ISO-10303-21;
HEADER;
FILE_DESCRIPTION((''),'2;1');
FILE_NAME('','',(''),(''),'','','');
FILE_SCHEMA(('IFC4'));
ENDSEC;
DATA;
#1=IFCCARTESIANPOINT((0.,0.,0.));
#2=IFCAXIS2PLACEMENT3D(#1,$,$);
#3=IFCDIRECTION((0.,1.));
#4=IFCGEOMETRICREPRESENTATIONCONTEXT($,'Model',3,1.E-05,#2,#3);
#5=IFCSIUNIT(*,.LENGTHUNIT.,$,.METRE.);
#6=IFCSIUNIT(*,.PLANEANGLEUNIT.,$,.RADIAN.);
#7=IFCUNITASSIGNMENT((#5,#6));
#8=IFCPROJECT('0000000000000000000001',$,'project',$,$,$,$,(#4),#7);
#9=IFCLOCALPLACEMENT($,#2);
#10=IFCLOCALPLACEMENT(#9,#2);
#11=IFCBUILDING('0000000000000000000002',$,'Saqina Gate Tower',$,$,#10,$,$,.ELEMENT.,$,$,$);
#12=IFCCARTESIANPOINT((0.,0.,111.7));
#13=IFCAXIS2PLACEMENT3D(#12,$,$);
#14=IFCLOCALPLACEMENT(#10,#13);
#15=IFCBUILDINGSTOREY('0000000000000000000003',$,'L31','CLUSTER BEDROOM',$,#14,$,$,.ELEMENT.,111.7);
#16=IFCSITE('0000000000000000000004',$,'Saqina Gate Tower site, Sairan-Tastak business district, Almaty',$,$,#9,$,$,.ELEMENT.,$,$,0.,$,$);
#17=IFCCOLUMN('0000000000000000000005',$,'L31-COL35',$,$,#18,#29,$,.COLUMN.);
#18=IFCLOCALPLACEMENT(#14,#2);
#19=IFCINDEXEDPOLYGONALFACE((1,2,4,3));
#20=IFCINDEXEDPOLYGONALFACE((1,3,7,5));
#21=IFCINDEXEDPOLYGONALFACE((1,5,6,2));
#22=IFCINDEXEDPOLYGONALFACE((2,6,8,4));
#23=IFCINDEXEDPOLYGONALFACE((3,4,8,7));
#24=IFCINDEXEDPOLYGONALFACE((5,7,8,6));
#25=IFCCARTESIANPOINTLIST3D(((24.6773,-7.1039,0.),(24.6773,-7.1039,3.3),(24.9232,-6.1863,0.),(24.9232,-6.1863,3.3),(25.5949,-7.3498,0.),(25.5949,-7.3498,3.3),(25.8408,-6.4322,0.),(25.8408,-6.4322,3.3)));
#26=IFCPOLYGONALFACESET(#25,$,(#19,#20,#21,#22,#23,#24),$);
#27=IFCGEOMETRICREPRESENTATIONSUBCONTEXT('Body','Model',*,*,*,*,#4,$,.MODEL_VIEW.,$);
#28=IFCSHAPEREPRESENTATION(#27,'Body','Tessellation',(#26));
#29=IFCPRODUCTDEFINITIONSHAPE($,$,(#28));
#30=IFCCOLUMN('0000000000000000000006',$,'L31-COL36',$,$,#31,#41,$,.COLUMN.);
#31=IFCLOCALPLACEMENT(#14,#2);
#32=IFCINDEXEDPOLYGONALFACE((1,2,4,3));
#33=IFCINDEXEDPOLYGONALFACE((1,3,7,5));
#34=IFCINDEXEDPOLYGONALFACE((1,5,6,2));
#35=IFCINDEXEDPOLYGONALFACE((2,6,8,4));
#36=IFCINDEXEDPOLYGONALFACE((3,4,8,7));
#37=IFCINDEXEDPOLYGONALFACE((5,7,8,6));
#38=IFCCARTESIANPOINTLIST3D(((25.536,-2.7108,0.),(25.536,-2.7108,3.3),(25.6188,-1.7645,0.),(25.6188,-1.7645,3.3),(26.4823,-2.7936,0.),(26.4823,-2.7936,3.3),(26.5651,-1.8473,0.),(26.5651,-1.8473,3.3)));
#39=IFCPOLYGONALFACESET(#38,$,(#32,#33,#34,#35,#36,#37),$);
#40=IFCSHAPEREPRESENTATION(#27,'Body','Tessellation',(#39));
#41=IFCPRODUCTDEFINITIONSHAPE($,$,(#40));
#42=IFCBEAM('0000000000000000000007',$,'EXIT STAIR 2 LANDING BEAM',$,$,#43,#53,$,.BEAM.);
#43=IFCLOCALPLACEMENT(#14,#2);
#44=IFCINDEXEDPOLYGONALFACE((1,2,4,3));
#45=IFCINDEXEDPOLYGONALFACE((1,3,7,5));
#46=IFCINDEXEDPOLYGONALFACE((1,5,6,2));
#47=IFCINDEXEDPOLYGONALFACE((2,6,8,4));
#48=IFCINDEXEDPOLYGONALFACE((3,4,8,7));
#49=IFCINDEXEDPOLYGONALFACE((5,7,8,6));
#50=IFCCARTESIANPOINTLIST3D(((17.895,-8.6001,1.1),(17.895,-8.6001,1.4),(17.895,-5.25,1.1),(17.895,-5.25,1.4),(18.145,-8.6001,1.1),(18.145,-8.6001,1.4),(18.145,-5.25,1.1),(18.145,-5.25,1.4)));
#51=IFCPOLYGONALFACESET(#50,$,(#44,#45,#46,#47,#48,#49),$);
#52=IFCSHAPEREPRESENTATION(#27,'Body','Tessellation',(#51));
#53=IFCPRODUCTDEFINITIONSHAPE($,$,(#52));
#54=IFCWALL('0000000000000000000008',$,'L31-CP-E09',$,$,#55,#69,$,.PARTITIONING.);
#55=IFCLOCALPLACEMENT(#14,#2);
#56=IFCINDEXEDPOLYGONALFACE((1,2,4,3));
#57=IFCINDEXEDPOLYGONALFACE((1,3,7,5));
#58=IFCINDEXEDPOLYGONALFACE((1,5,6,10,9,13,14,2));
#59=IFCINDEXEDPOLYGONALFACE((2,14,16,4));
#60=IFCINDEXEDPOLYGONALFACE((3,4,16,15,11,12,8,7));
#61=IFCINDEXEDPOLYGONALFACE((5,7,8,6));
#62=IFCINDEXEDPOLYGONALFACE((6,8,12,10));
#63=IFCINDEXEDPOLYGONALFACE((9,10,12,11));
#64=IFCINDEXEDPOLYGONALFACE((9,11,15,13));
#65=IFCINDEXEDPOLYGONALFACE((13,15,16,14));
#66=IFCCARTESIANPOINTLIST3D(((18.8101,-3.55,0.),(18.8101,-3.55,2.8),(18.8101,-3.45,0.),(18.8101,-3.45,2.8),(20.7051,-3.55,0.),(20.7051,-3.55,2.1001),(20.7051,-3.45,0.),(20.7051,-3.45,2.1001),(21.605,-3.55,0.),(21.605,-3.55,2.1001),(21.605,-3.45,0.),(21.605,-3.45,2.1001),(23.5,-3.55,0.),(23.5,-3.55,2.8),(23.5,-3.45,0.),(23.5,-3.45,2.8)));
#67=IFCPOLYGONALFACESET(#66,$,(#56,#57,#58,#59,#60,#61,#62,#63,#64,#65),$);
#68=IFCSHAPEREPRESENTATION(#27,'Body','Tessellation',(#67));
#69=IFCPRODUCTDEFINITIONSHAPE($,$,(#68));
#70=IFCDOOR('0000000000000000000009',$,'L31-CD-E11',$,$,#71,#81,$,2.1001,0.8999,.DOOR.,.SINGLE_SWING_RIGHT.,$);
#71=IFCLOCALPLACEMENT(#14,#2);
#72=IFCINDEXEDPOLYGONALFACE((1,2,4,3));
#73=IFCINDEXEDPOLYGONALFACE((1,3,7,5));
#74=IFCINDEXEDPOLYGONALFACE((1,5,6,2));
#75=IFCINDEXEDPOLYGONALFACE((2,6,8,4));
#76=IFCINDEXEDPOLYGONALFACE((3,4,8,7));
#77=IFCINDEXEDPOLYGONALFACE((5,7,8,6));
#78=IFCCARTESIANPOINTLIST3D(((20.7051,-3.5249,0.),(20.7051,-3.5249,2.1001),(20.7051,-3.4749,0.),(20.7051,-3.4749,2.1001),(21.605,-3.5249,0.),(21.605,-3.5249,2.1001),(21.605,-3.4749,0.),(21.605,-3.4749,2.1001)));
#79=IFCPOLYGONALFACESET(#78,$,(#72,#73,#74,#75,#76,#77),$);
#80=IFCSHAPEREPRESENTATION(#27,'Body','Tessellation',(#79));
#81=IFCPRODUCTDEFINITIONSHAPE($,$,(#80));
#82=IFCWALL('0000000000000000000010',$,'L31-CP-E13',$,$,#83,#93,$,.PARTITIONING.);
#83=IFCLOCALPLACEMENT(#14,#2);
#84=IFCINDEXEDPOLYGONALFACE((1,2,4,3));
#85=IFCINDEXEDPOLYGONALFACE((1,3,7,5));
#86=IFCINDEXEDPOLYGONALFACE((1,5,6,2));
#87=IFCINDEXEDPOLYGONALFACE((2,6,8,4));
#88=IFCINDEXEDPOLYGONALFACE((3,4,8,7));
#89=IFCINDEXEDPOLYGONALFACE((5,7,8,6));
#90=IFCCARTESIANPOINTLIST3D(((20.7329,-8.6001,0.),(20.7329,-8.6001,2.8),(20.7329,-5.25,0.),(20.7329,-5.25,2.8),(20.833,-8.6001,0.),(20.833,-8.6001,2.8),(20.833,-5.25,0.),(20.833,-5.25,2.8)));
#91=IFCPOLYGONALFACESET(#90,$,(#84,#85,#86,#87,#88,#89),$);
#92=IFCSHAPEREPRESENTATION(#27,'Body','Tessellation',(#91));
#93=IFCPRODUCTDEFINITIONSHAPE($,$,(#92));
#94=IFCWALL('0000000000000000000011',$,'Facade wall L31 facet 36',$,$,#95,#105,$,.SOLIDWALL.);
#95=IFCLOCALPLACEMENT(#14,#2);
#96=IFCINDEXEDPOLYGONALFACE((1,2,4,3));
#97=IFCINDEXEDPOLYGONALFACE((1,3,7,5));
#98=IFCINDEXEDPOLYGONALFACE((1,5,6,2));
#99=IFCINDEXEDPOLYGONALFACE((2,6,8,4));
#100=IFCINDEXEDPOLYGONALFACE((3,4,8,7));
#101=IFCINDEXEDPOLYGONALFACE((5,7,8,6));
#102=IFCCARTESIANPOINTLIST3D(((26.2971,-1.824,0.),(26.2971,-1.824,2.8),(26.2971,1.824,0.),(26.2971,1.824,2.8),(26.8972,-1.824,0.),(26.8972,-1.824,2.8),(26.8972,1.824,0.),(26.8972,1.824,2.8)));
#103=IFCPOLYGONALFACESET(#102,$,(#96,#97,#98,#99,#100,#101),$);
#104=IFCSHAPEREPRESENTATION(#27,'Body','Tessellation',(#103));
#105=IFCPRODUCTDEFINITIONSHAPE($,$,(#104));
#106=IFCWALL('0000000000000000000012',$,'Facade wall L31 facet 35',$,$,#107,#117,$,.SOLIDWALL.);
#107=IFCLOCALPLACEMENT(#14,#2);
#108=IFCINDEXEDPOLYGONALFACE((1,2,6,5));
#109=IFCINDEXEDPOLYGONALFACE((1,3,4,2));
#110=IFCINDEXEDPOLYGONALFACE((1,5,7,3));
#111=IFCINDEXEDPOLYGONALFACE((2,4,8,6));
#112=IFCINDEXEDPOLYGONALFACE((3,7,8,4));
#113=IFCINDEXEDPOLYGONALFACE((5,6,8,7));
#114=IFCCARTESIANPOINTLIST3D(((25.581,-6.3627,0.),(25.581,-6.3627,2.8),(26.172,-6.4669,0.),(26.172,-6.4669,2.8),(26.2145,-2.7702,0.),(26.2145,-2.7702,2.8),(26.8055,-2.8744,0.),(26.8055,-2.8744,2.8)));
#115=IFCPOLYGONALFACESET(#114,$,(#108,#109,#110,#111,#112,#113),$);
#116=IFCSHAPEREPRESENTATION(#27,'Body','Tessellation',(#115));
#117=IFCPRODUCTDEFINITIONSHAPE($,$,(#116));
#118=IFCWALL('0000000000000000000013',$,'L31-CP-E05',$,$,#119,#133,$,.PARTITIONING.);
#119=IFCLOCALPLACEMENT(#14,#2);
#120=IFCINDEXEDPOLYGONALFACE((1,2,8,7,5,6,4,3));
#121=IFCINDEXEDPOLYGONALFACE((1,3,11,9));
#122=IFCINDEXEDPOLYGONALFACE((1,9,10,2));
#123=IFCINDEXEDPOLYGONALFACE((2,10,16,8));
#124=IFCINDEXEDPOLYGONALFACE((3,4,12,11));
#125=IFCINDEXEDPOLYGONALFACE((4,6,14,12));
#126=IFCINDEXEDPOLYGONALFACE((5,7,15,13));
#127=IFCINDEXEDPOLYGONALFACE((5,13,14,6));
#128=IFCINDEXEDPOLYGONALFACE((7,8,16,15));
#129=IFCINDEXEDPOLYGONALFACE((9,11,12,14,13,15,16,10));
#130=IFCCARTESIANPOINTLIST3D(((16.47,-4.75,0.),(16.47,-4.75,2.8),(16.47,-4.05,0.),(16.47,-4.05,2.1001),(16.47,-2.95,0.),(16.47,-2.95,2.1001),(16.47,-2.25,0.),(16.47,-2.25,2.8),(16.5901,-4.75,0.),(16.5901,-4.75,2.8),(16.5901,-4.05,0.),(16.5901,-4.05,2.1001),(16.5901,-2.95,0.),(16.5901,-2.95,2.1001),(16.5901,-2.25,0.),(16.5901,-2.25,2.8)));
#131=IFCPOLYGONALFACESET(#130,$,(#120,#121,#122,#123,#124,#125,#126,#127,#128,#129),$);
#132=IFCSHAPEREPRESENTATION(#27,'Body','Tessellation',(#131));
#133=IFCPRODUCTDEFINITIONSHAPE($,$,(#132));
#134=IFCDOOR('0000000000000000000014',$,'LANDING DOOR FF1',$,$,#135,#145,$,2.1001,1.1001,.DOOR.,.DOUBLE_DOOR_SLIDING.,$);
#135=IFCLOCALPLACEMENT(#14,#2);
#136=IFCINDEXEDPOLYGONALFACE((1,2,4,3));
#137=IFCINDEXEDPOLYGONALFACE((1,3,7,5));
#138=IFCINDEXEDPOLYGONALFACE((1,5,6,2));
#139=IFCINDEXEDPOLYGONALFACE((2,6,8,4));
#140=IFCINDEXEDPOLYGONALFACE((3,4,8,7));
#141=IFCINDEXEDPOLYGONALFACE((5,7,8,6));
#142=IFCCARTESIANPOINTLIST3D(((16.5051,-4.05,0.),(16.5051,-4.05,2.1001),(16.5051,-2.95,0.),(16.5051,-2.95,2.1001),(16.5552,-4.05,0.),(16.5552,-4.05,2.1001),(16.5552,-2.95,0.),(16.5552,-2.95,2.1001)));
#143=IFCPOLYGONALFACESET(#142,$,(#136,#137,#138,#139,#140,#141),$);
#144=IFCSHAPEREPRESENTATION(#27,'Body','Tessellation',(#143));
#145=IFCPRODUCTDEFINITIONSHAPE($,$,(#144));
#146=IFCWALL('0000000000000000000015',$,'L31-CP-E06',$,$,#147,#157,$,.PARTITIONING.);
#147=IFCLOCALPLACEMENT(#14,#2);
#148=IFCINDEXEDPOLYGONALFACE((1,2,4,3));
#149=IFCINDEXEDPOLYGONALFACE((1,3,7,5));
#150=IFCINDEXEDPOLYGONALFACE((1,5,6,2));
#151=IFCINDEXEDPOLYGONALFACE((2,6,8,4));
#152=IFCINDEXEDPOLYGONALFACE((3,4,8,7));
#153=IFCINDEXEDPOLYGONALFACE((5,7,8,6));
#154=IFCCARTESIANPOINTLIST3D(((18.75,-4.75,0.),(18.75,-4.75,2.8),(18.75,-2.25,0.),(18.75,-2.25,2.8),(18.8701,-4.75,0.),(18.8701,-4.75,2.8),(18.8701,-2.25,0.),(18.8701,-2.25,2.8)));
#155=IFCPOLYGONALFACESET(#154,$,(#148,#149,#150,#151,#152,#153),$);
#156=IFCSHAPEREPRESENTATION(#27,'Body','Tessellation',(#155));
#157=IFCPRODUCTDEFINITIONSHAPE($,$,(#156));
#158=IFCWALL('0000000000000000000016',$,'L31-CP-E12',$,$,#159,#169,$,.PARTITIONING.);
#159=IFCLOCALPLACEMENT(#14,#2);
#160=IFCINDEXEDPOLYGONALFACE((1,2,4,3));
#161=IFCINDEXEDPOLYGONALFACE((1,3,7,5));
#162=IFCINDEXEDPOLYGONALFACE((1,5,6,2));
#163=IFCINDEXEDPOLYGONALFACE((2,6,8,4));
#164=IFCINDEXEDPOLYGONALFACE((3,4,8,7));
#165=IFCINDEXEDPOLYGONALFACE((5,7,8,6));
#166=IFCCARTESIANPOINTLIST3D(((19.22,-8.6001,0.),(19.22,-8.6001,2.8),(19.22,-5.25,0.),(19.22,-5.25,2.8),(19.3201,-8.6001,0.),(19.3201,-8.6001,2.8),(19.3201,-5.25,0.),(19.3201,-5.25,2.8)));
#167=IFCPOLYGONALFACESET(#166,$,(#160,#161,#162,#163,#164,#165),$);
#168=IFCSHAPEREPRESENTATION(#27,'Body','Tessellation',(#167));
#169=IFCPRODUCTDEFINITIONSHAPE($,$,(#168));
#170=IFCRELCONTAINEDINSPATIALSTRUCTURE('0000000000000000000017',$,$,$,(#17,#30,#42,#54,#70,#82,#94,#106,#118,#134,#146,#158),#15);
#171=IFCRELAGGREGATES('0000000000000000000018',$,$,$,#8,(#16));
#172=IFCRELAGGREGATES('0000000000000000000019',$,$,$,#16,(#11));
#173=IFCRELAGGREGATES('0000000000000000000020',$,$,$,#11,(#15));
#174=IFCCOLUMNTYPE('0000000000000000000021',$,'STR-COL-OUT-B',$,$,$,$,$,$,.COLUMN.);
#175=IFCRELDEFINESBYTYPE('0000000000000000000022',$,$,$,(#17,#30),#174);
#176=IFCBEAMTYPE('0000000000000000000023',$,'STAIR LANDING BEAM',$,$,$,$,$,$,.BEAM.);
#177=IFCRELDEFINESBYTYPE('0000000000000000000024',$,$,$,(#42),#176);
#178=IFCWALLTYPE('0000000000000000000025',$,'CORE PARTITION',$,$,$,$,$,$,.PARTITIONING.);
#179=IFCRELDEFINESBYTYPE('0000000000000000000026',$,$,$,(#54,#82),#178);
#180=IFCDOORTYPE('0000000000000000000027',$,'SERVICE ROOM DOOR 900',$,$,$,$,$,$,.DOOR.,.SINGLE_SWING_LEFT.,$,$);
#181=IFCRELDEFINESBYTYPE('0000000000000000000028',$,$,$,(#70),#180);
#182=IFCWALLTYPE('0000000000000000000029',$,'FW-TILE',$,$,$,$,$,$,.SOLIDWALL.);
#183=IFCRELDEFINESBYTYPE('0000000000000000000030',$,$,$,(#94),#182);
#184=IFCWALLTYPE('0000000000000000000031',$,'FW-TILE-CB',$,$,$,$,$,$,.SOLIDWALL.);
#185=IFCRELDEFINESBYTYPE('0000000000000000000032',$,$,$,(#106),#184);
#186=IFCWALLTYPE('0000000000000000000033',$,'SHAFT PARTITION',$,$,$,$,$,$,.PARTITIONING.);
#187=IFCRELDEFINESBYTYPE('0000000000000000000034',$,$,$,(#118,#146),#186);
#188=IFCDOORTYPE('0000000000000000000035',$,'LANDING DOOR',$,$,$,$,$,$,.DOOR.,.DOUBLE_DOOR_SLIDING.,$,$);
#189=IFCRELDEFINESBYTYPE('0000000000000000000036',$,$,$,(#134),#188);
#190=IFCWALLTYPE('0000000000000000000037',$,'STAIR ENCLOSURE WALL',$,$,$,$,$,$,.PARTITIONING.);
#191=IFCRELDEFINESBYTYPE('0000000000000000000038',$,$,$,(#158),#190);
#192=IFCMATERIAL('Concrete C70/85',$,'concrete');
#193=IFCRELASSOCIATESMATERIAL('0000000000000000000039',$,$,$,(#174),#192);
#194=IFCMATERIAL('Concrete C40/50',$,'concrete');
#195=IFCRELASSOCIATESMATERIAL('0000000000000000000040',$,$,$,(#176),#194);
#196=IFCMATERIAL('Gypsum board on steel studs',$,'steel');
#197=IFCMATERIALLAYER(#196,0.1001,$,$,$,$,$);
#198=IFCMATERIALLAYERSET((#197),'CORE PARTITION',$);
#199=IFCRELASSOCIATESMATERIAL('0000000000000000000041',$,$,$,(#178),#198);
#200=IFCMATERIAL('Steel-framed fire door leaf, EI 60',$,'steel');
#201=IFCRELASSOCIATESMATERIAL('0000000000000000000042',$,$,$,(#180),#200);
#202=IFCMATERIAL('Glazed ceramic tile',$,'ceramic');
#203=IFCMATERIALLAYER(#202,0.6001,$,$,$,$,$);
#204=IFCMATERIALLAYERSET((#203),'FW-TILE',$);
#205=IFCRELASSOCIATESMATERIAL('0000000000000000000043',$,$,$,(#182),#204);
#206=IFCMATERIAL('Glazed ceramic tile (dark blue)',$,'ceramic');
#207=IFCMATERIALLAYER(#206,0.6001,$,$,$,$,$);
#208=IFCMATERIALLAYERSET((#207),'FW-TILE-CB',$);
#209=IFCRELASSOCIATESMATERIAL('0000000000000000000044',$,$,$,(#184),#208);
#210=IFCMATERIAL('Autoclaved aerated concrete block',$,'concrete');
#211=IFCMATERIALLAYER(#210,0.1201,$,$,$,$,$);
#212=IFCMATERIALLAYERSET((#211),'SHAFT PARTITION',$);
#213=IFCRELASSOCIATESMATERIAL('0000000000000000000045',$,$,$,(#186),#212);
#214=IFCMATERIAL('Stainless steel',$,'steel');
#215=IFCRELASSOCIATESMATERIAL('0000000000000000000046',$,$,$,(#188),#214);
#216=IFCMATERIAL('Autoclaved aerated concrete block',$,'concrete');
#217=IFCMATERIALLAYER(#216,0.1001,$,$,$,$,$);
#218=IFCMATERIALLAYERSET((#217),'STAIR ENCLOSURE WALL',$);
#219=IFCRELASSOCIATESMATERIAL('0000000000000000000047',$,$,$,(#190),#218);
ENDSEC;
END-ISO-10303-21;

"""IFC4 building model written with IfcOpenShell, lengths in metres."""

from ifc_helpers import new_model, si_unit, direction, frame, frame_2d, origin, origin_2d, place, context, subcontext, project, spatial, rectangle, extrude, material, layer, layer_set, material_profile, profile_set, type_object, element, fill, save


model = new_model("IFC4")

# Units and contexts
model_context = context("Model", 3, precision=1e-05, world=origin(), true_north=direction((0.0, 1.0)))
body_context = subcontext(model_context, "Body", "Model", "MODEL_VIEW")
ifc_project = project(units=[si_unit("LENGTHUNIT", "METRE"), si_unit("PLANEANGLEUNIT", "RADIAN")], contexts=[model_context])

# Site, building, storey
site_placement = place(None, origin())
site = spatial("IfcSite", under=ifc_project, at=site_placement, Name="Saqina Gate Tower site, Sairan-Tastak business district, Almaty", CompositionType="ELEMENT", RefElevation=0.0)
building_placement = place(site_placement, origin())
building = spatial("IfcBuilding", under=site, at=building_placement, Name="Saqina Gate Tower", CompositionType="ELEMENT")
storey_placement = place(building_placement, frame((0.0, 0.0, 111.7)))
storey = spatial("IfcBuildingStorey", under=building, at=storey_placement, Name="L31", Description="CLUSTER BEDROOM", CompositionType="ELEMENT", Elevation=111.7)

# Columns
ifc_material_1 = material(Name="Concrete C70/85", Category="concrete")
ifc_material_profile_1 = material_profile(ifc_material_1, rectangle(XDim=0.95, YDim=0.95, at=origin_2d()), Name="RC 950x950")
ifc_profile_set_1 = profile_set([ifc_material_profile_1], Name="Concrete C70/85")
column_type = type_object("IfcColumnType", Name="STR-COL-OUT-B", PredefinedType="COLUMN", material=ifc_profile_set_1)
for number, where, z_axis, x_axis, name in (
    (1, (25.259, -6.7681, 0.0), (0.0, 0.0, 1.0), (0.965926, -0.258819, 0.0), "L31-COL35"),
    (2, (26.0505, -2.2791, 0.0), (0.0, 0.0, 1.0), (0.996195, -0.087156, 0.0), "L31-COL36"),
):
    element("IfcColumn", number, at=place(storey_placement, frame(where, z_axis=z_axis, x_axis=x_axis)), inside=storey, type_object=column_type, Name=name, PredefinedType="COLUMN", context=body_context, shape_type="SweptSolid", body=[
        extrude(rectangle(XDim=0.95, YDim=0.95, at=origin_2d()), origin(), (0.0, 0.0, 1.0), 3.3),
    ])

# Beam
ifc_material_2 = material(Name="Concrete C40/50", Category="concrete")
ifc_material_profile_2 = material_profile(ifc_material_2, rectangle(XDim=0.25, YDim=0.3, at=origin_2d()), Name="STAIR LANDING BEAM")
ifc_profile_set_2 = profile_set([ifc_material_profile_2], Name="Concrete C40/50")
beam_type = type_object("IfcBeamType", Name="STAIR LANDING BEAM", PredefinedType="BEAM", material=ifc_profile_set_2)
beam_placement = place(storey_placement, frame((18.02, -8.6001, 1.25), z_axis=(0.0, 1.0, 0.0), x_axis=(-1.0, 0.0, 0.0)))
element("IfcBeam", 3, at=beam_placement, inside=storey, type_object=beam_type, Name="EXIT STAIR 2 LANDING BEAM", PredefinedType="BEAM", context=body_context, shape_type="SweptSolid", body=[
    extrude(rectangle(XDim=0.25, YDim=0.3, at=origin_2d()), origin(), (0.0, 0.0, 1.0), 3.3501),
])

# Wall, opening, door
ifc_material_3 = material(Name="Gypsum board on steel studs", Category="steel")
ifc_layer_1 = layer(ifc_material_3, 0.1001)
ifc_layer_set_1 = layer_set([ifc_layer_1], Name="CORE PARTITION")
wall_type_1 = type_object("IfcWallType", Name="CORE PARTITION", PredefinedType="PARTITIONING", material=ifc_layer_set_1)
wall_1_placement = place(storey_placement, frame((18.8101, -3.5, 0.0), z_axis=(0.0, 0.0, 1.0), x_axis=(1.0, 0.0, 0.0)))
wall_1 = element("IfcWall", 4, at=wall_1_placement, inside=storey, type_object=wall_type_1, Name="L31-CP-E09", PredefinedType="PARTITIONING", context=body_context, shape_type="SweptSolid", body=[
    extrude(rectangle(XDim=4.6899, YDim=0.1001, at=frame_2d((2.345, 0.0))), origin(), (0.0, 0.0, 1.0), 2.8),
])
opening_1_placement = place(wall_1_placement, frame((1.895, 0.0, 0.0)))
opening_1 = element("IfcOpeningElement", 5, at=opening_1_placement, cuts=wall_1, PredefinedType="OPENING", context=body_context, shape_type="SweptSolid", body=[
    extrude(rectangle(XDim=0.8999, YDim=2.1001, at=frame_2d((0.45, 1.05))), frame((0.0, 0.062, 0.0), z_axis=(0.0, -1.0, 0.0), x_axis=(1.0, 0.0, 0.0)), (0.0, 0.0, 1.0), 0.124),
])
ifc_material_4 = material(Name="Steel-framed fire door leaf, EI 60", Category="steel")
door_type_1 = type_object("IfcDoorType", Name="SERVICE ROOM DOOR 900", OperationType="SINGLE_SWING_LEFT", PredefinedType="DOOR", material=ifc_material_4)
door_1_placement = place(opening_1_placement, frame((0.8999, 0.0, 0.0), z_axis=(0.0, 0.0, 1.0), x_axis=(-1.0, 0.0, 0.0)))
door_1 = element("IfcDoor", 6, at=door_1_placement, inside=storey, type_object=door_type_1, Name="L31-CD-E11", OperationType="SINGLE_SWING_RIGHT", OverallHeight=2.1001, OverallWidth=0.8999, PredefinedType="DOOR", context=body_context, shape_type="SweptSolid", body=[
    extrude(rectangle(XDim=0.8999, YDim=2.1001, at=frame_2d((0.45, 1.05))), frame((0.0, 0.0249, 0.0), z_axis=(0.0, -1.0, 0.0), x_axis=(1.0, 0.0, 0.0)), (0.0, 0.0, 1.0), 0.05),
])
fill(opening_1, door_1)

# Walls
wall_2_placement = place(storey_placement, frame((20.783, -8.6001, 0.0), z_axis=(0.0, 0.0, 1.0), x_axis=(0.0, 1.0, 0.0)))
element("IfcWall", 7, at=wall_2_placement, inside=storey, type_object=wall_type_1, Name="L31-CP-E13", PredefinedType="PARTITIONING", context=body_context, shape_type="SweptSolid", body=[
    extrude(rectangle(XDim=3.3501, YDim=0.1001, at=frame_2d((1.675, 0.0))), origin(), (0.0, 0.0, 1.0), 2.8),
])
ifc_material_5 = material(Name="Glazed ceramic tile", Category="ceramic")
ifc_layer_2 = layer(ifc_material_5, 0.6001)
ifc_layer_set_2 = layer_set([ifc_layer_2], Name="FW-TILE")
wall_type_2 = type_object("IfcWallType", Name="FW-TILE", PredefinedType="SOLIDWALL", material=ifc_layer_set_2)
wall_3_placement = place(storey_placement, frame((26.5972, -1.824, 0.0), z_axis=(0.0, 0.0, 1.0), x_axis=(0.0, 1.0, 0.0)))
element("IfcWall", 8, at=wall_3_placement, inside=storey, type_object=wall_type_2, Name="Facade wall L31 facet 36", PredefinedType="SOLIDWALL", context=body_context, shape_type="SweptSolid", body=[
    extrude(rectangle(XDim=3.6479, YDim=0.6001, at=frame_2d((1.824, 0.0))), origin(), (0.0, 0.0, 1.0), 2.8),
])
ifc_material_6 = material(Name="Glazed ceramic tile (dark blue)", Category="ceramic")
ifc_layer_3 = layer(ifc_material_6, 0.6001)
ifc_layer_set_3 = layer_set([ifc_layer_3], Name="FW-TILE-CB")
wall_type_3 = type_object("IfcWallType", Name="FW-TILE-CB", PredefinedType="SOLIDWALL", material=ifc_layer_set_3)
wall_4_placement = place(storey_placement, frame((25.8765, -6.4148, 0.0), z_axis=(0.0, 0.0, 1.0), x_axis=(0.173671, 0.984804, 0.0)))
element("IfcWall", 9, at=wall_4_placement, inside=storey, type_object=wall_type_3, Name="Facade wall L31 facet 35", PredefinedType="SOLIDWALL", context=body_context, shape_type="SweptSolid", body=[
    extrude(rectangle(XDim=3.6479, YDim=0.6001, at=frame_2d((1.824, 0.0))), origin(), (0.0, 0.0, 1.0), 2.8),
])

# Wall, opening, door
ifc_material_7 = material(Name="Autoclaved aerated concrete block", Category="concrete")
ifc_layer_4 = layer(ifc_material_7, 0.1201)
ifc_layer_set_4 = layer_set([ifc_layer_4], Name="SHAFT PARTITION")
wall_type_4 = type_object("IfcWallType", Name="SHAFT PARTITION", PredefinedType="PARTITIONING", material=ifc_layer_set_4)
wall_5_placement = place(storey_placement, frame((16.53, -4.75, 0.0), z_axis=(0.0, 0.0, 1.0), x_axis=(0.0, 1.0, 0.0)))
wall_5 = element("IfcWall", 10, at=wall_5_placement, inside=storey, type_object=wall_type_4, Name="L31-CP-E05", PredefinedType="PARTITIONING", context=body_context, shape_type="SweptSolid", body=[
    extrude(rectangle(XDim=2.5, YDim=0.1201, at=frame_2d((1.25, 0.0))), origin(), (0.0, 0.0, 1.0), 2.8),
])
opening_2_placement = place(wall_5_placement, frame((0.7, 0.0, 0.0)))
opening_2 = element("IfcOpeningElement", 11, at=opening_2_placement, cuts=wall_5, PredefinedType="OPENING", context=body_context, shape_type="SweptSolid", body=[
    extrude(rectangle(XDim=1.1001, YDim=2.1001, at=frame_2d((0.55, 1.05))), frame((0.0, 0.072, 0.0), z_axis=(0.0, -1.0, 0.0), x_axis=(1.0, 0.0, 0.0)), (0.0, 0.0, 1.0), 0.144),
])
ifc_material_8 = material(Name="Stainless steel", Category="steel")
door_type_2 = type_object("IfcDoorType", Name="LANDING DOOR", OperationType="DOUBLE_DOOR_SLIDING", PredefinedType="DOOR", material=ifc_material_8)
door_2_placement = place(opening_2_placement, origin())
door_2 = element("IfcDoor", 12, at=door_2_placement, inside=storey, type_object=door_type_2, Name="LANDING DOOR FF1", OperationType="DOUBLE_DOOR_SLIDING", OverallHeight=2.1001, OverallWidth=1.1001, PredefinedType="DOOR", context=body_context, shape_type="SweptSolid", body=[
    extrude(rectangle(XDim=1.1001, YDim=2.1001, at=frame_2d((0.55, 1.05))), frame((0.0, 0.0249, 0.0), z_axis=(0.0, -1.0, 0.0), x_axis=(1.0, 0.0, 0.0)), (0.0, 0.0, 1.0), 0.05),
])
fill(opening_2, door_2)

# Walls
wall_6_placement = place(storey_placement, frame((18.8101, -4.75, 0.0), z_axis=(0.0, 0.0, 1.0), x_axis=(0.0, 1.0, 0.0)))
element("IfcWall", 13, at=wall_6_placement, inside=storey, type_object=wall_type_4, Name="L31-CP-E06", PredefinedType="PARTITIONING", context=body_context, shape_type="SweptSolid", body=[
    extrude(rectangle(XDim=2.5, YDim=0.1201, at=frame_2d((1.25, 0.0))), origin(), (0.0, 0.0, 1.0), 2.8),
])
ifc_material_9 = material(Name="Autoclaved aerated concrete block", Category="concrete")
ifc_layer_5 = layer(ifc_material_9, 0.1001)
ifc_layer_set_5 = layer_set([ifc_layer_5], Name="STAIR ENCLOSURE WALL")
wall_type_5 = type_object("IfcWallType", Name="STAIR ENCLOSURE WALL", PredefinedType="PARTITIONING", material=ifc_layer_set_5)
wall_7_placement = place(storey_placement, frame((19.27, -8.6001, 0.0), z_axis=(0.0, 0.0, 1.0), x_axis=(0.0, 1.0, 0.0)))
element("IfcWall", 14, at=wall_7_placement, inside=storey, type_object=wall_type_5, Name="L31-CP-E12", PredefinedType="PARTITIONING", context=body_context, shape_type="SweptSolid", body=[
    extrude(rectangle(XDim=3.3501, YDim=0.1001, at=frame_2d((1.675, 0.0))), origin(), (0.0, 0.0, 1.0), 2.8),
])

save(model, "model.ifc")
